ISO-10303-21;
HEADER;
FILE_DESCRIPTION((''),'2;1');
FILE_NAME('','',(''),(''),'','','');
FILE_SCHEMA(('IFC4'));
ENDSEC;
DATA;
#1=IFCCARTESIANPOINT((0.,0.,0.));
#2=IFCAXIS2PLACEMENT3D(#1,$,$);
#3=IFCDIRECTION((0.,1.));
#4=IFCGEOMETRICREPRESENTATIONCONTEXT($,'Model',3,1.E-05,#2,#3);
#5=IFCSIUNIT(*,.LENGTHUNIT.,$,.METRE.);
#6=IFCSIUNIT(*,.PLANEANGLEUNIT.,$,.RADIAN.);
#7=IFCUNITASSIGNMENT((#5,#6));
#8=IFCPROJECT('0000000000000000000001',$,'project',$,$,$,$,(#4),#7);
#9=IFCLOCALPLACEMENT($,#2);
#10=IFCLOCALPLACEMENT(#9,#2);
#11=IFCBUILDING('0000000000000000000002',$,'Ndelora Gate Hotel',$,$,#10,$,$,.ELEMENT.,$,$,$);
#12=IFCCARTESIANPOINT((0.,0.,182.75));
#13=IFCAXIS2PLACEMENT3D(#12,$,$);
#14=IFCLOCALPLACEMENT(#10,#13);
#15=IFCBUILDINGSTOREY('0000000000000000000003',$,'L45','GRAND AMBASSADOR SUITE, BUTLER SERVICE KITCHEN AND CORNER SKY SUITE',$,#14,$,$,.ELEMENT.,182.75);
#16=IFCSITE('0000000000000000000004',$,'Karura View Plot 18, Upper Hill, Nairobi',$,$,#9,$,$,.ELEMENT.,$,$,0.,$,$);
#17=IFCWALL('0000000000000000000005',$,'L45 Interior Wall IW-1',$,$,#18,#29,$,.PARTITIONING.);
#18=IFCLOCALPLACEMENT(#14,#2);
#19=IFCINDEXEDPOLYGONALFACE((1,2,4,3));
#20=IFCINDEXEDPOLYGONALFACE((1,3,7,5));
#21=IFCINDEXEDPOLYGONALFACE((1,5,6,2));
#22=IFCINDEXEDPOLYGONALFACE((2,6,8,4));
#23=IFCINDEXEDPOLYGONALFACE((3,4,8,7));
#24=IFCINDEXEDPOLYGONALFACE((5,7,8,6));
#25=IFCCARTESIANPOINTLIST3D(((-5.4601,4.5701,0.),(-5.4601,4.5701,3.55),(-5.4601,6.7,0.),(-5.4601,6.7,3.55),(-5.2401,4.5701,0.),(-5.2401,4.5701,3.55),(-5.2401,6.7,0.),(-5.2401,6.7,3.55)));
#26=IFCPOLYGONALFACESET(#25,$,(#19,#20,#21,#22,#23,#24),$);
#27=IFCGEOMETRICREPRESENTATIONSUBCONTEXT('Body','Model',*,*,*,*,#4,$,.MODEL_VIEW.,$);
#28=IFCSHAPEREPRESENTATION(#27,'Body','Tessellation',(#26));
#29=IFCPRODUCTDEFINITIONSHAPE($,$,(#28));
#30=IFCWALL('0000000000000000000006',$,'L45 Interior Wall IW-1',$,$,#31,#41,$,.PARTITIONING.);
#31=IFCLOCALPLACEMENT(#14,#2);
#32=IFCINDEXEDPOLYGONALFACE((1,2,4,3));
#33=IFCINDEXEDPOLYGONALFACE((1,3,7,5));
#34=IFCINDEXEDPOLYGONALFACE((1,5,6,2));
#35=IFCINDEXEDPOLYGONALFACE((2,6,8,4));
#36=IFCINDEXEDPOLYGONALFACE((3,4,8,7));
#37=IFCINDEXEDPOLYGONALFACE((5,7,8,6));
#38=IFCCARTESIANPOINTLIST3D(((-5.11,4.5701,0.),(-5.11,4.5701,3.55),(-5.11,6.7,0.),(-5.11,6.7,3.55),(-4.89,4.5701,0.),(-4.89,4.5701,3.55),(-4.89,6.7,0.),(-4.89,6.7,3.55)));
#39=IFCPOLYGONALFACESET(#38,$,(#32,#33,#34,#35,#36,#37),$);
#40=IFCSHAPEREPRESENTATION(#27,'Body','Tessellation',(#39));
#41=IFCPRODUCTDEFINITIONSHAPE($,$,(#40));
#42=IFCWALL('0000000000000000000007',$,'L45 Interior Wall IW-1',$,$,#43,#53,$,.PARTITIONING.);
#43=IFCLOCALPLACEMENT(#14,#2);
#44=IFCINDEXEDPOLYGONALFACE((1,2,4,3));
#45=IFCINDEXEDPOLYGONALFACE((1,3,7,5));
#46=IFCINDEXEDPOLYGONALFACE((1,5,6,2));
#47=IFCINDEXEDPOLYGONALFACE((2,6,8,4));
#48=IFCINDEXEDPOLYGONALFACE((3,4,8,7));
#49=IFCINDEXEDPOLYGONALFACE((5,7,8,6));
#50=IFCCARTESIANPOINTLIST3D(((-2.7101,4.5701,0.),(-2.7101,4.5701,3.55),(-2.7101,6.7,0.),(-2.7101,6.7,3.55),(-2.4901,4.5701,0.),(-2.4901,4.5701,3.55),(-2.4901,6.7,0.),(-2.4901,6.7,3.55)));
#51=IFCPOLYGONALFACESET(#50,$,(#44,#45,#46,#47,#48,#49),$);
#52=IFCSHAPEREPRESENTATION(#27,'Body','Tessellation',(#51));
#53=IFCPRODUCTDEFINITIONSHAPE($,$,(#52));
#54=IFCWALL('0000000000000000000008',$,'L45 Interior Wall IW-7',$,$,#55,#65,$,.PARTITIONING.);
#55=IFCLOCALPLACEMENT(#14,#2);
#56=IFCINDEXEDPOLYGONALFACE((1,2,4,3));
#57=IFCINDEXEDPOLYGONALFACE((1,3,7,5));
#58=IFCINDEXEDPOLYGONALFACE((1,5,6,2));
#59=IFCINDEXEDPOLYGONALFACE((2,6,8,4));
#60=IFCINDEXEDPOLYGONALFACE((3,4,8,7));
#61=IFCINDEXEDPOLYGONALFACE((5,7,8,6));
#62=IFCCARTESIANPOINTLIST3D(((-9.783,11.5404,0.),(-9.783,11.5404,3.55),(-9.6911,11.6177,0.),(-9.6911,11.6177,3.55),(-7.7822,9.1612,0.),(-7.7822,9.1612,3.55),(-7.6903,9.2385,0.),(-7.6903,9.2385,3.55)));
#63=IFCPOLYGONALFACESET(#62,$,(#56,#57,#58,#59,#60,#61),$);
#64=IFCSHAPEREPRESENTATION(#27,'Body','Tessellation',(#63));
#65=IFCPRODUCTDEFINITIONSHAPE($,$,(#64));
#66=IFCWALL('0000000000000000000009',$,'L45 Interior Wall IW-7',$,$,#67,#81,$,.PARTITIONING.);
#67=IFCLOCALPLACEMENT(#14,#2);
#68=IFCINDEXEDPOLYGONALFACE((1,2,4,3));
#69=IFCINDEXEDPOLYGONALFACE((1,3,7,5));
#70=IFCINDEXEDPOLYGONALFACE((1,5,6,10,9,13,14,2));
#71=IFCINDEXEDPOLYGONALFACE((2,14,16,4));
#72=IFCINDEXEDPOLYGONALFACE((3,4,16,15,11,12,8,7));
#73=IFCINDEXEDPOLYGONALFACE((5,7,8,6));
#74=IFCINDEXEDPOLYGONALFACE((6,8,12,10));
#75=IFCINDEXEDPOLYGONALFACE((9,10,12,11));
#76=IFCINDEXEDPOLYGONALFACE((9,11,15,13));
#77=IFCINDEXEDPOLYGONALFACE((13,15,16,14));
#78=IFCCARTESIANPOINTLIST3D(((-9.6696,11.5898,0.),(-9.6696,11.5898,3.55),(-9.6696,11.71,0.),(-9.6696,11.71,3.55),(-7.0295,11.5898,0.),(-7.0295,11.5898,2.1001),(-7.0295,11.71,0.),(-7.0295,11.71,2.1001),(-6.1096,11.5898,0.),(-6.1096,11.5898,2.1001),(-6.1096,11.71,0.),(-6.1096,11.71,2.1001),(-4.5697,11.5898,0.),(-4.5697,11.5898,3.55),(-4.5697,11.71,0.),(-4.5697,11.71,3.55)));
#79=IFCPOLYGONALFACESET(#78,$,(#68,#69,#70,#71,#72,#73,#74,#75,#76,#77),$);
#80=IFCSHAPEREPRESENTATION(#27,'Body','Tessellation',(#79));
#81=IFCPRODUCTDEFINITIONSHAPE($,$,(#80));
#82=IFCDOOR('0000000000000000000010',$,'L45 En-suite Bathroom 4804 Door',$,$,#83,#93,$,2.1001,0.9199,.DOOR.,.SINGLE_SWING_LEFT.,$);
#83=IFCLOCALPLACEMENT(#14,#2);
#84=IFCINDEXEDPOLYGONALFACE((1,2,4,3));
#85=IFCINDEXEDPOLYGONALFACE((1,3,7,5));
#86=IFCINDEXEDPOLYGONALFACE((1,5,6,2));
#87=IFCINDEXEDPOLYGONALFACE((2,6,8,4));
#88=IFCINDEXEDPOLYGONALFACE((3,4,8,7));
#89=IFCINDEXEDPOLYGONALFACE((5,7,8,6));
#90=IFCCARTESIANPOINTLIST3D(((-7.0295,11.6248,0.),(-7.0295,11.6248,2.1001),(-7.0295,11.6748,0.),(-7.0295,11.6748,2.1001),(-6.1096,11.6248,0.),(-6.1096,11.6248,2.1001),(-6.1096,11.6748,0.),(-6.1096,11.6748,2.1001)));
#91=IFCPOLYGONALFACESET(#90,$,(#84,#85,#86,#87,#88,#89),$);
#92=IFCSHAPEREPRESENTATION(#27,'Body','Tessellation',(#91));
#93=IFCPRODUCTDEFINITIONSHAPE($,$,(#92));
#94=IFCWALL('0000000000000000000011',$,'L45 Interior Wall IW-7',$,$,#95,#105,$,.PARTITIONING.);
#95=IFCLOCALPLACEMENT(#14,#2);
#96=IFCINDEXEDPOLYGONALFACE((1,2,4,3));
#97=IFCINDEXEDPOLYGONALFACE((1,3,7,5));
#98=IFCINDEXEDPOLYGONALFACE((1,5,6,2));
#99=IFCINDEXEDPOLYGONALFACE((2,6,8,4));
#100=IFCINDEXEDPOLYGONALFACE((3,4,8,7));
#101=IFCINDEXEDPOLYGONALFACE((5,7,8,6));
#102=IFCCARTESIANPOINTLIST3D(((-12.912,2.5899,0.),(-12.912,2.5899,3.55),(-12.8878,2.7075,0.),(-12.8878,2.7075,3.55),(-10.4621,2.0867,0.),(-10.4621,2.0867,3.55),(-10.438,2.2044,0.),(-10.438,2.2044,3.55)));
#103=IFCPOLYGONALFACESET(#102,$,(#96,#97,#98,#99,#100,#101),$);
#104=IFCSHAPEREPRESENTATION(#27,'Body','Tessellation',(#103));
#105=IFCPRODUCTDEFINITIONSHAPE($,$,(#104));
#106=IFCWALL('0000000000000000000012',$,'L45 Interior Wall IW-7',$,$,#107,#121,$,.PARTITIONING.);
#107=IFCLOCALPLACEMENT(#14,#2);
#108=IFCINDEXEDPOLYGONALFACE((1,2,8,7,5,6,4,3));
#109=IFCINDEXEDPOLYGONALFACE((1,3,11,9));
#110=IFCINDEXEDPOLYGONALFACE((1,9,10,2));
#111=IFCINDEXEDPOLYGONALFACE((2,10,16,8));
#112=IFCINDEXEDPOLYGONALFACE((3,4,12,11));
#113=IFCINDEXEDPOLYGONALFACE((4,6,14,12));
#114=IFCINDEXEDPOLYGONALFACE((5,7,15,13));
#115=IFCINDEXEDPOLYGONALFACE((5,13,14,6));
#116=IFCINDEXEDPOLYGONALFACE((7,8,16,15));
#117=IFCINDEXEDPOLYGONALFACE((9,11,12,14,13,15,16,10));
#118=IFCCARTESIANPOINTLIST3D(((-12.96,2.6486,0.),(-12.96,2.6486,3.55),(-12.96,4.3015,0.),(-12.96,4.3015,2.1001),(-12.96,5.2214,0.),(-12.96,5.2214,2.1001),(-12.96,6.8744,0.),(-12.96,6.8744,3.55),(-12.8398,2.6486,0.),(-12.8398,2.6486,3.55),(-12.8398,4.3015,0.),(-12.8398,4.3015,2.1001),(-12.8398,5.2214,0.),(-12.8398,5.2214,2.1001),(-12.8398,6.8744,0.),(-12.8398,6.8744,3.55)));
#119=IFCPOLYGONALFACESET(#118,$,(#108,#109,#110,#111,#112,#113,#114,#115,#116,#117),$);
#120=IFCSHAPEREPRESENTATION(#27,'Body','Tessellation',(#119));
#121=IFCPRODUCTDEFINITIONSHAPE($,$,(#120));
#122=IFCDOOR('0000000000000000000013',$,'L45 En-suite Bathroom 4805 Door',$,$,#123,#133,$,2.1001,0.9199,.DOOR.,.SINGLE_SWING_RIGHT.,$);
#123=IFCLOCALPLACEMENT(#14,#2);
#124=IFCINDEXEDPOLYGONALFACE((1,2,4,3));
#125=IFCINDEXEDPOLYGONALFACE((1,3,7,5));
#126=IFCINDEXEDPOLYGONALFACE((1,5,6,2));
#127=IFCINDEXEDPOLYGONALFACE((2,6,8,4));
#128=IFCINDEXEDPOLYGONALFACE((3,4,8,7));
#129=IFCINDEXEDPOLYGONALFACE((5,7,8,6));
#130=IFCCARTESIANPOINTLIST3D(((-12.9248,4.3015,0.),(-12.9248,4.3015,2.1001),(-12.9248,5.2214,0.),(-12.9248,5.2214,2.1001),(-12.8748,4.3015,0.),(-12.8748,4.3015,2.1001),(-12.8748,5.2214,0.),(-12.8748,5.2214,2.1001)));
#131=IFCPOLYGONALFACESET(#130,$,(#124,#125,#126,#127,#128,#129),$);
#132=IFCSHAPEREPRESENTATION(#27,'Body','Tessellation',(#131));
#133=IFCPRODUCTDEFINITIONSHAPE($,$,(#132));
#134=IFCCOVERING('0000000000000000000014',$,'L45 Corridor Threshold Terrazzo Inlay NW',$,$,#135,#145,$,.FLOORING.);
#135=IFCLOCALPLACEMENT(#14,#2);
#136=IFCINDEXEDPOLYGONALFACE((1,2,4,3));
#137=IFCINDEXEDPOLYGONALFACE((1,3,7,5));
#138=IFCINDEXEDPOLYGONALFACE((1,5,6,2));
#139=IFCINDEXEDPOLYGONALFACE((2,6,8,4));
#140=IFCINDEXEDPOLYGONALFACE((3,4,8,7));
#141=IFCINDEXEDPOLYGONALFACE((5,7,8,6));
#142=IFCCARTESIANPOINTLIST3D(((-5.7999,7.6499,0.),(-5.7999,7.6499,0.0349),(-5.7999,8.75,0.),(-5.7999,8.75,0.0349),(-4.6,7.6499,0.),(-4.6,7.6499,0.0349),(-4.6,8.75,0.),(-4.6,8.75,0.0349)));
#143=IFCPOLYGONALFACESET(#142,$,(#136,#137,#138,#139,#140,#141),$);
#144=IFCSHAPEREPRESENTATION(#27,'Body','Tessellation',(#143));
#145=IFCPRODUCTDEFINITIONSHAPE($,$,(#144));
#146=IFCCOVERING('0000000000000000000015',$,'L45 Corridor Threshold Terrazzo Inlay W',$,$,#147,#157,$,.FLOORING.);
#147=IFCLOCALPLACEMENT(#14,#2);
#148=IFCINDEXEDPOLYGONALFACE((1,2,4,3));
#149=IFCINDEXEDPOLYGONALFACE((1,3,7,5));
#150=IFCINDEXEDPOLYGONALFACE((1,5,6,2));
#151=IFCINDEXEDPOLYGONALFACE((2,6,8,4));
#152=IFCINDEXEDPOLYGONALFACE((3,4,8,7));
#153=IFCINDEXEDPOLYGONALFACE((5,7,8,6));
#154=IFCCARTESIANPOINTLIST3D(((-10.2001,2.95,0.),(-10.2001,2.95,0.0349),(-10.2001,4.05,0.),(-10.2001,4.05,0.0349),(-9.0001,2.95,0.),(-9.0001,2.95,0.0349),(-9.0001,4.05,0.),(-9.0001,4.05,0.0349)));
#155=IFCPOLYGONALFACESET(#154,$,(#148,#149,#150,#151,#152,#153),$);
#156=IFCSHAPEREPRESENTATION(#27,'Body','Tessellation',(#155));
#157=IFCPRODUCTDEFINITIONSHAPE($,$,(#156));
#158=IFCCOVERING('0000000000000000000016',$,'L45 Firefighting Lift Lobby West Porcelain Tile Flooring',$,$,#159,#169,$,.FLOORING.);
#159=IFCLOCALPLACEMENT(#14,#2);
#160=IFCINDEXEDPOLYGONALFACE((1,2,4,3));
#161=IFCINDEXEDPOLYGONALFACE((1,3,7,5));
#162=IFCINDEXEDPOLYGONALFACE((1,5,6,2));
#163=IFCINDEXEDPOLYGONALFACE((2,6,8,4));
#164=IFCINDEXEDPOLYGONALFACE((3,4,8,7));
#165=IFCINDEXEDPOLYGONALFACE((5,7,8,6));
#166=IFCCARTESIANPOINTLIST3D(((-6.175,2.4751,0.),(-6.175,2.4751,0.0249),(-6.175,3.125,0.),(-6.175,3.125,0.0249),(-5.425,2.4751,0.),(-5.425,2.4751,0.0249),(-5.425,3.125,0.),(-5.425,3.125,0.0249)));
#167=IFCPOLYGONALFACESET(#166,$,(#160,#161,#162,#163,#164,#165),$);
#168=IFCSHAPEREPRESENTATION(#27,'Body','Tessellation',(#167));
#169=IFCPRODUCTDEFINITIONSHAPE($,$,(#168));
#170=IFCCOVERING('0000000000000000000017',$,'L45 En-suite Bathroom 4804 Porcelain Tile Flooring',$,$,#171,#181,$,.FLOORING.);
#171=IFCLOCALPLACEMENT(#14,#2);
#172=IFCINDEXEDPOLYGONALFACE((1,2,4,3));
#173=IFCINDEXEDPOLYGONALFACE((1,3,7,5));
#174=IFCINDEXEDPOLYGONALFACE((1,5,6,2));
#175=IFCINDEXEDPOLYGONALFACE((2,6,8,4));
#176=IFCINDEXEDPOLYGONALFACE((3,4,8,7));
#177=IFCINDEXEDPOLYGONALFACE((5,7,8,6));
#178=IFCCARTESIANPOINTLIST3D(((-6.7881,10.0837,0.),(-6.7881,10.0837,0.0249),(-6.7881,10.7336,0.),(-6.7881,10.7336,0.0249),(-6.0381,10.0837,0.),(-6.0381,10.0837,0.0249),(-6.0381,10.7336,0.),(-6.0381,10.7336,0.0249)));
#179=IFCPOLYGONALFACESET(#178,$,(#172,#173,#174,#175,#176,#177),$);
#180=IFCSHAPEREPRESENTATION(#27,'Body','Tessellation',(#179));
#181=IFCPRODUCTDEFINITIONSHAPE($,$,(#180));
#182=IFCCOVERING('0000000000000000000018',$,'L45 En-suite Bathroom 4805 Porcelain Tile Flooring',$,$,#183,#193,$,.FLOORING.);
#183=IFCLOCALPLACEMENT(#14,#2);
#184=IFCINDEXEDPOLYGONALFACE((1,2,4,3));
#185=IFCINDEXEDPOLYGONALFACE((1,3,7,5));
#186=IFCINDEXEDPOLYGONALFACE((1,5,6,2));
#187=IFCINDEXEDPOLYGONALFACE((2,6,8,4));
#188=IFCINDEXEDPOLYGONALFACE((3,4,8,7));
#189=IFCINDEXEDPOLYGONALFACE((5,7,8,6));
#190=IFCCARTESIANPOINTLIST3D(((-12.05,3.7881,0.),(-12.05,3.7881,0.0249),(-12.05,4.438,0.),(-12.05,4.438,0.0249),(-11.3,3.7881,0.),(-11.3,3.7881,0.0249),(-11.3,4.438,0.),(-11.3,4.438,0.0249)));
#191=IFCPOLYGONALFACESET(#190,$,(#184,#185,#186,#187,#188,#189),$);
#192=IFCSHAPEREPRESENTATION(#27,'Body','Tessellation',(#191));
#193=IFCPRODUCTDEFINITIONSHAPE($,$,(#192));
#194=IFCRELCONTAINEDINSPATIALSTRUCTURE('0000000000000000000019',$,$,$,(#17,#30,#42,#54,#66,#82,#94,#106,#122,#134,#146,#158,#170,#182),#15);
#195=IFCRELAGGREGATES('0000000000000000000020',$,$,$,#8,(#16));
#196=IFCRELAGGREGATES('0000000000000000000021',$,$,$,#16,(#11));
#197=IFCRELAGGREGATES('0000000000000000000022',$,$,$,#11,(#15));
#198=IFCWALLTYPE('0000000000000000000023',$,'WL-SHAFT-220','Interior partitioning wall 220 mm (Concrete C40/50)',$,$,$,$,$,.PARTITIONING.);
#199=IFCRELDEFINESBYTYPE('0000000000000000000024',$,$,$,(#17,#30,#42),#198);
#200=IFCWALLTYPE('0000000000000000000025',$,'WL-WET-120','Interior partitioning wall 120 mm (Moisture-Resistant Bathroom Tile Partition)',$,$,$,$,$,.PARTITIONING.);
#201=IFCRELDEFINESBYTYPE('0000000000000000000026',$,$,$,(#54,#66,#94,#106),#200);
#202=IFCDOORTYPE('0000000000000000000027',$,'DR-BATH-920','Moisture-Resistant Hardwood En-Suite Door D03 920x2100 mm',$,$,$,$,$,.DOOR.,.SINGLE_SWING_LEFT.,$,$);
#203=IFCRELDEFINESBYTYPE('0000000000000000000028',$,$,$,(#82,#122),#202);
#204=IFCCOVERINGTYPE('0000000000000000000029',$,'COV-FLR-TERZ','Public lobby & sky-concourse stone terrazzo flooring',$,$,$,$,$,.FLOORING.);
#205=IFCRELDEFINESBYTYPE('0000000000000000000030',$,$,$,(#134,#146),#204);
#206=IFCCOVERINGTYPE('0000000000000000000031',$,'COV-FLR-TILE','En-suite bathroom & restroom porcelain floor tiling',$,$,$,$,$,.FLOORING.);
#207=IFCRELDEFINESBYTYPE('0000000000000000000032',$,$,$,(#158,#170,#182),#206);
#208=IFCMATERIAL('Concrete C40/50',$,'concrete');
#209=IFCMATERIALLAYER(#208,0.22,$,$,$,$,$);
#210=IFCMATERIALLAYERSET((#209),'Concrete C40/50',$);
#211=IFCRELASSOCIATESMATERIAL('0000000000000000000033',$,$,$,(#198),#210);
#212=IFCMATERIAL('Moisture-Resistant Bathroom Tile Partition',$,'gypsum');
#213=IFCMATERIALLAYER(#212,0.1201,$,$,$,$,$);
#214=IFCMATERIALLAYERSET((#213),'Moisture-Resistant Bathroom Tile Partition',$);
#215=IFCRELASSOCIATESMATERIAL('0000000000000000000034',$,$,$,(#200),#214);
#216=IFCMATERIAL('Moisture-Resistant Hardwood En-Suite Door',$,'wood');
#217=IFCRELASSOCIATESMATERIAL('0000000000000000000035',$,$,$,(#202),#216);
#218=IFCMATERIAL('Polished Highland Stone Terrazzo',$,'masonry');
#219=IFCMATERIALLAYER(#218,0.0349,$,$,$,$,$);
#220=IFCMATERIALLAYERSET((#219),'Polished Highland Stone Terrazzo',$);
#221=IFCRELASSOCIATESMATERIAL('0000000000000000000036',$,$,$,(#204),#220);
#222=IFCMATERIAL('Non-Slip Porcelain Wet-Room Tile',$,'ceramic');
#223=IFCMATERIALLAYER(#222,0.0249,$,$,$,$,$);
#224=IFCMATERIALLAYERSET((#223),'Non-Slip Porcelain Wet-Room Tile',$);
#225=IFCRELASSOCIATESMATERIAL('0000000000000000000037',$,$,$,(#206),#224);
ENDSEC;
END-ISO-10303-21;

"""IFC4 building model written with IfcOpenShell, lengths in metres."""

from ifc_helpers import new_model, si_unit, direction, frame, frame_2d, origin, origin_2d, place, context, subcontext, project, spatial, rectangle, extrude, material, layer, layer_set, type_object, element, fill, save


model = new_model("IFC4")

# Units and contexts
model_context = context("Model", 3, precision=1e-05, world=origin(), true_north=direction((0.0, 1.0)))
body_context = subcontext(model_context, "Body", "Model", "MODEL_VIEW")
ifc_project = project(units=[si_unit("LENGTHUNIT", "METRE"), si_unit("PLANEANGLEUNIT", "RADIAN")], contexts=[model_context])

# Site, building, storey
site_placement = place(None, origin())
site = spatial("IfcSite", under=ifc_project, at=site_placement, Name="Karura View Plot 18, Upper Hill, Nairobi", CompositionType="ELEMENT", RefElevation=0.0)
building_placement = place(site_placement, origin())
building = spatial("IfcBuilding", under=site, at=building_placement, Name="Ndelora Gate Hotel", CompositionType="ELEMENT")
storey_placement = place(building_placement, frame((0.0, 0.0, 182.75)))
storey = spatial("IfcBuildingStorey", under=building, at=storey_placement, Name="L45", Description="GRAND AMBASSADOR SUITE, BUTLER SERVICE KITCHEN AND CORNER SKY SUITE", CompositionType="ELEMENT", Elevation=182.75)

# Shared definitions
ifc_material_1 = material(Name="Concrete C40/50", Category="concrete")
ifc_layer_1 = layer(ifc_material_1, 0.22)
ifc_layer_set_1 = layer_set([ifc_layer_1], Name="Concrete C40/50")
wall_type_1 = type_object("IfcWallType", Name="WL-SHAFT-220", Description="Interior partitioning wall 220 mm (Concrete C40/50)", PredefinedType="PARTITIONING", material=ifc_layer_set_1)

# Wall
wall_1_placement = place(storey_placement, frame((-5.3501, 4.5701, 0.0), z_axis=(0.0, 0.0, 1.0), x_axis=(0.0, 1.0, 0.0)))
element("IfcWall", 1, at=wall_1_placement, inside=storey, type_object=wall_type_1, Name="L45 Interior Wall IW-1", PredefinedType="PARTITIONING", context=body_context, shape_type="SweptSolid", body=[
    extrude(rectangle(XDim=2.1299, YDim=0.22, at=frame_2d((1.0649, 0.0))), origin(), (0.0, 0.0, 1.0), 3.55),
])

# Walls
for number, where, z_axis, x_axis, name in (
    (2, (-5.0, 4.5701, 0.0), (0.0, 0.0, 1.0), (0.0, 1.0, 0.0), "L45 Interior Wall IW-1"),
    (3, (-2.6001, 4.5701, 0.0), (0.0, 0.0, 1.0), (0.0, 1.0, 0.0), "L45 Interior Wall IW-1"),
):
    element("IfcWall", number, at=place(storey_placement, frame(where, z_axis=z_axis, x_axis=x_axis)), inside=storey, type_object=wall_type_1, Name=name, PredefinedType="PARTITIONING", context=body_context, shape_type="SweptSolid", body=[
        extrude(rectangle(XDim=2.1299, YDim=0.22, at=frame_2d((1.0649, 0.0))), origin(), (0.0, 0.0, 1.0), 3.55),
    ])

# Wall
ifc_material_2 = material(Name="Moisture-Resistant Bathroom Tile Partition", Category="gypsum")
ifc_layer_2 = layer(ifc_material_2, 0.1201)
ifc_layer_set_2 = layer_set([ifc_layer_2], Name="Moisture-Resistant Bathroom Tile Partition")
wall_type_2 = type_object("IfcWallType", Name="WL-WET-120", Description="Interior partitioning wall 120 mm (Moisture-Resistant Bathroom Tile Partition)", PredefinedType="PARTITIONING", material=ifc_layer_set_2)
wall_2_placement = place(storey_placement, frame((-7.7363, 9.2, 0.0), z_axis=(0.0, 0.0, 1.0), x_axis=(-0.643616, 0.765349, 0.0)))
element("IfcWall", 4, at=wall_2_placement, inside=storey, type_object=wall_type_2, Name="L45 Interior Wall IW-7", PredefinedType="PARTITIONING", context=body_context, shape_type="SweptSolid", body=[
    extrude(rectangle(XDim=3.1086, YDim=0.1201, at=frame_2d((1.5542, 0.0))), origin(), (0.0, 0.0, 1.0), 3.55),
])

# Wall, opening, door
wall_3_placement = place(storey_placement, frame((-9.6694, 11.6499, 0.0), z_axis=(0.0, 0.0, 1.0), x_axis=(1.0, 0.0, 0.0)))
wall_3 = element("IfcWall", 5, at=wall_3_placement, inside=storey, type_object=wall_type_2, Name="L45 Interior Wall IW-7", PredefinedType="PARTITIONING", context=body_context, shape_type="SweptSolid", body=[
    extrude(rectangle(XDim=5.0999, YDim=0.1201, at=frame_2d((2.5498, 0.0))), origin(), (0.0, 0.0, 1.0), 3.55),
])
opening_1_placement = place(wall_3_placement, frame((2.6399, 0.0, 0.0)))
opening_1 = element("IfcOpeningElement", 6, at=opening_1_placement, cuts=wall_3, PredefinedType="OPENING", context=body_context, shape_type="SweptSolid", body=[
    extrude(rectangle(XDim=0.9199, YDim=2.1001, at=frame_2d((0.46, 1.05))), frame((0.0, 0.0701, 0.0), z_axis=(0.0, -1.0, 0.0), x_axis=(1.0, 0.0, 0.0)), (0.0, 0.0, 1.0), 0.1401),
])
ifc_material_3 = material(Name="Moisture-Resistant Hardwood En-Suite Door", Category="wood")
door_type_1 = type_object("IfcDoorType", Name="DR-BATH-920", Description="Moisture-Resistant Hardwood En-Suite Door D03 920x2100 mm", OperationType="SINGLE_SWING_LEFT", PredefinedType="DOOR", material=ifc_material_3)
door_1_placement = place(opening_1_placement, origin())
door_1 = element("IfcDoor", 7, at=door_1_placement, inside=storey, type_object=door_type_1, Name="L45 En-suite Bathroom 4804 Door", OperationType="SINGLE_SWING_LEFT", OverallHeight=2.1001, OverallWidth=0.9199, PredefinedType="DOOR", context=body_context, shape_type="SweptSolid", body=[
    extrude(rectangle(XDim=0.9199, YDim=2.1001, at=frame_2d((0.46, 1.05))), frame((0.0, 0.0249, 0.0), z_axis=(0.0, -1.0, 0.0), x_axis=(1.0, 0.0, 0.0)), (0.0, 0.0, 1.0), 0.05),
])
fill(opening_1, door_1)

# Wall
wall_4_placement = place(storey_placement, frame((-12.8999, 2.6487, 0.0), z_axis=(0.0, 0.0, 1.0), x_axis=(0.979554, -0.201182, 0.0)))
element("IfcWall", 8, at=wall_4_placement, inside=storey, type_object=wall_type_2, Name="L45 Interior Wall IW-7", PredefinedType="PARTITIONING", context=body_context, shape_type="SweptSolid", body=[
    extrude(rectangle(XDim=2.501, YDim=0.1201, at=frame_2d((1.2505, 0.0))), origin(), (0.0, 0.0, 1.0), 3.55),
])

# Wall, opening, door
wall_5_placement = place(storey_placement, frame((-12.8999, 2.6487, 0.0), z_axis=(0.0, 0.0, 1.0), x_axis=(0.0, 1.0, 0.0)))
wall_5 = element("IfcWall", 9, at=wall_5_placement, inside=storey, type_object=wall_type_2, Name="L45 Interior Wall IW-7", PredefinedType="PARTITIONING", context=body_context, shape_type="SweptSolid", body=[
    extrude(rectangle(XDim=4.2258, YDim=0.1201, at=frame_2d((2.1128, 0.0))), origin(), (0.0, 0.0, 1.0), 3.55),
])
opening_2_placement = place(wall_5_placement, frame((1.6528, 0.0, 0.0)))
opening_2 = element("IfcOpeningElement", 10, at=opening_2_placement, cuts=wall_5, PredefinedType="OPENING", context=body_context, shape_type="SweptSolid", body=[
    extrude(rectangle(XDim=0.9199, YDim=2.1001, at=frame_2d((0.46, 1.05))), frame((0.0, 0.0701, 0.0), z_axis=(0.0, -1.0, 0.0), x_axis=(1.0, 0.0, 0.0)), (0.0, 0.0, 1.0), 0.1401),
])
door_2_placement = place(opening_2_placement, origin())
door_2 = element("IfcDoor", 11, at=door_2_placement, inside=storey, type_object=door_type_1, Name="L45 En-suite Bathroom 4805 Door", OperationType="SINGLE_SWING_RIGHT", OverallHeight=2.1001, OverallWidth=0.9199, PredefinedType="DOOR", context=body_context, shape_type="SweptSolid", body=[
    extrude(rectangle(XDim=0.9199, YDim=2.1001, at=frame_2d((0.46, 1.05))), frame((0.0, 0.0249, 0.0), z_axis=(0.0, -1.0, 0.0), x_axis=(1.0, 0.0, 0.0)), (0.0, 0.0, 1.0), 0.05),
])
fill(opening_2, door_2)

# Coverings
ifc_material_4 = material(Name="Polished Highland Stone Terrazzo", Category="masonry")
ifc_layer_3 = layer(ifc_material_4, 0.0349)
ifc_layer_set_3 = layer_set([ifc_layer_3], Name="Polished Highland Stone Terrazzo")
covering_type_1 = type_object("IfcCoveringType", Name="COV-FLR-TERZ", Description="Public lobby & sky-concourse stone terrazzo flooring", PredefinedType="FLOORING", material=ifc_layer_set_3)
for number, where, z_axis, x_axis, name in (
    (12, (-5.2, 8.2, 0.0), (0.0, 0.0, 1.0), (1.0, 0.0, 0.0), "L45 Corridor Threshold Terrazzo Inlay NW"),
    (13, (-9.6001, 3.5, 0.0), (0.0, 0.0, 1.0), (1.0, 0.0, 0.0), "L45 Corridor Threshold Terrazzo Inlay W"),
):
    element("IfcCovering", number, at=place(storey_placement, frame(where, z_axis=z_axis, x_axis=x_axis)), inside=storey, type_object=covering_type_1, Name=name, PredefinedType="FLOORING", context=body_context, shape_type="SweptSolid", body=[
        extrude(rectangle(XDim=1.2, YDim=1.1001, at=origin_2d()), origin(), (0.0, 0.0, 1.0), 0.0349),
    ])
ifc_material_5 = material(Name="Non-Slip Porcelain Wet-Room Tile", Category="ceramic")
ifc_layer_4 = layer(ifc_material_5, 0.0249)
ifc_layer_set_4 = layer_set([ifc_layer_4], Name="Non-Slip Porcelain Wet-Room Tile")
covering_type_2 = type_object("IfcCoveringType", Name="COV-FLR-TILE", Description="En-suite bathroom & restroom porcelain floor tiling", PredefinedType="FLOORING", material=ifc_layer_set_4)
for number, where, z_axis, x_axis, name in (
    (14, (-5.8, 2.8, 0.0), (0.0, 0.0, 1.0), (1.0, 0.0, 0.0), "L45 Firefighting Lift Lobby West Porcelain Tile Flooring"),
    (15, (-6.4131, 10.4087, 0.0), (0.0, 0.0, 1.0), (1.0, 0.0, 0.0), "L45 En-suite Bathroom 4804 Porcelain Tile Flooring"),
    (16, (-11.675, 4.113, 0.0), (0.0, 0.0, 1.0), (1.0, 0.0, 0.0), "L45 En-suite Bathroom 4805 Porcelain Tile Flooring"),
):
    element("IfcCovering", number, at=place(storey_placement, frame(where, z_axis=z_axis, x_axis=x_axis)), inside=storey, type_object=covering_type_2, Name=name, PredefinedType="FLOORING", context=body_context, shape_type="SweptSolid", body=[
        extrude(rectangle(XDim=0.75, YDim=0.6499, at=origin_2d()), origin(), (0.0, 0.0, 1.0), 0.0249),
    ])

save(model, "model.ifc")
